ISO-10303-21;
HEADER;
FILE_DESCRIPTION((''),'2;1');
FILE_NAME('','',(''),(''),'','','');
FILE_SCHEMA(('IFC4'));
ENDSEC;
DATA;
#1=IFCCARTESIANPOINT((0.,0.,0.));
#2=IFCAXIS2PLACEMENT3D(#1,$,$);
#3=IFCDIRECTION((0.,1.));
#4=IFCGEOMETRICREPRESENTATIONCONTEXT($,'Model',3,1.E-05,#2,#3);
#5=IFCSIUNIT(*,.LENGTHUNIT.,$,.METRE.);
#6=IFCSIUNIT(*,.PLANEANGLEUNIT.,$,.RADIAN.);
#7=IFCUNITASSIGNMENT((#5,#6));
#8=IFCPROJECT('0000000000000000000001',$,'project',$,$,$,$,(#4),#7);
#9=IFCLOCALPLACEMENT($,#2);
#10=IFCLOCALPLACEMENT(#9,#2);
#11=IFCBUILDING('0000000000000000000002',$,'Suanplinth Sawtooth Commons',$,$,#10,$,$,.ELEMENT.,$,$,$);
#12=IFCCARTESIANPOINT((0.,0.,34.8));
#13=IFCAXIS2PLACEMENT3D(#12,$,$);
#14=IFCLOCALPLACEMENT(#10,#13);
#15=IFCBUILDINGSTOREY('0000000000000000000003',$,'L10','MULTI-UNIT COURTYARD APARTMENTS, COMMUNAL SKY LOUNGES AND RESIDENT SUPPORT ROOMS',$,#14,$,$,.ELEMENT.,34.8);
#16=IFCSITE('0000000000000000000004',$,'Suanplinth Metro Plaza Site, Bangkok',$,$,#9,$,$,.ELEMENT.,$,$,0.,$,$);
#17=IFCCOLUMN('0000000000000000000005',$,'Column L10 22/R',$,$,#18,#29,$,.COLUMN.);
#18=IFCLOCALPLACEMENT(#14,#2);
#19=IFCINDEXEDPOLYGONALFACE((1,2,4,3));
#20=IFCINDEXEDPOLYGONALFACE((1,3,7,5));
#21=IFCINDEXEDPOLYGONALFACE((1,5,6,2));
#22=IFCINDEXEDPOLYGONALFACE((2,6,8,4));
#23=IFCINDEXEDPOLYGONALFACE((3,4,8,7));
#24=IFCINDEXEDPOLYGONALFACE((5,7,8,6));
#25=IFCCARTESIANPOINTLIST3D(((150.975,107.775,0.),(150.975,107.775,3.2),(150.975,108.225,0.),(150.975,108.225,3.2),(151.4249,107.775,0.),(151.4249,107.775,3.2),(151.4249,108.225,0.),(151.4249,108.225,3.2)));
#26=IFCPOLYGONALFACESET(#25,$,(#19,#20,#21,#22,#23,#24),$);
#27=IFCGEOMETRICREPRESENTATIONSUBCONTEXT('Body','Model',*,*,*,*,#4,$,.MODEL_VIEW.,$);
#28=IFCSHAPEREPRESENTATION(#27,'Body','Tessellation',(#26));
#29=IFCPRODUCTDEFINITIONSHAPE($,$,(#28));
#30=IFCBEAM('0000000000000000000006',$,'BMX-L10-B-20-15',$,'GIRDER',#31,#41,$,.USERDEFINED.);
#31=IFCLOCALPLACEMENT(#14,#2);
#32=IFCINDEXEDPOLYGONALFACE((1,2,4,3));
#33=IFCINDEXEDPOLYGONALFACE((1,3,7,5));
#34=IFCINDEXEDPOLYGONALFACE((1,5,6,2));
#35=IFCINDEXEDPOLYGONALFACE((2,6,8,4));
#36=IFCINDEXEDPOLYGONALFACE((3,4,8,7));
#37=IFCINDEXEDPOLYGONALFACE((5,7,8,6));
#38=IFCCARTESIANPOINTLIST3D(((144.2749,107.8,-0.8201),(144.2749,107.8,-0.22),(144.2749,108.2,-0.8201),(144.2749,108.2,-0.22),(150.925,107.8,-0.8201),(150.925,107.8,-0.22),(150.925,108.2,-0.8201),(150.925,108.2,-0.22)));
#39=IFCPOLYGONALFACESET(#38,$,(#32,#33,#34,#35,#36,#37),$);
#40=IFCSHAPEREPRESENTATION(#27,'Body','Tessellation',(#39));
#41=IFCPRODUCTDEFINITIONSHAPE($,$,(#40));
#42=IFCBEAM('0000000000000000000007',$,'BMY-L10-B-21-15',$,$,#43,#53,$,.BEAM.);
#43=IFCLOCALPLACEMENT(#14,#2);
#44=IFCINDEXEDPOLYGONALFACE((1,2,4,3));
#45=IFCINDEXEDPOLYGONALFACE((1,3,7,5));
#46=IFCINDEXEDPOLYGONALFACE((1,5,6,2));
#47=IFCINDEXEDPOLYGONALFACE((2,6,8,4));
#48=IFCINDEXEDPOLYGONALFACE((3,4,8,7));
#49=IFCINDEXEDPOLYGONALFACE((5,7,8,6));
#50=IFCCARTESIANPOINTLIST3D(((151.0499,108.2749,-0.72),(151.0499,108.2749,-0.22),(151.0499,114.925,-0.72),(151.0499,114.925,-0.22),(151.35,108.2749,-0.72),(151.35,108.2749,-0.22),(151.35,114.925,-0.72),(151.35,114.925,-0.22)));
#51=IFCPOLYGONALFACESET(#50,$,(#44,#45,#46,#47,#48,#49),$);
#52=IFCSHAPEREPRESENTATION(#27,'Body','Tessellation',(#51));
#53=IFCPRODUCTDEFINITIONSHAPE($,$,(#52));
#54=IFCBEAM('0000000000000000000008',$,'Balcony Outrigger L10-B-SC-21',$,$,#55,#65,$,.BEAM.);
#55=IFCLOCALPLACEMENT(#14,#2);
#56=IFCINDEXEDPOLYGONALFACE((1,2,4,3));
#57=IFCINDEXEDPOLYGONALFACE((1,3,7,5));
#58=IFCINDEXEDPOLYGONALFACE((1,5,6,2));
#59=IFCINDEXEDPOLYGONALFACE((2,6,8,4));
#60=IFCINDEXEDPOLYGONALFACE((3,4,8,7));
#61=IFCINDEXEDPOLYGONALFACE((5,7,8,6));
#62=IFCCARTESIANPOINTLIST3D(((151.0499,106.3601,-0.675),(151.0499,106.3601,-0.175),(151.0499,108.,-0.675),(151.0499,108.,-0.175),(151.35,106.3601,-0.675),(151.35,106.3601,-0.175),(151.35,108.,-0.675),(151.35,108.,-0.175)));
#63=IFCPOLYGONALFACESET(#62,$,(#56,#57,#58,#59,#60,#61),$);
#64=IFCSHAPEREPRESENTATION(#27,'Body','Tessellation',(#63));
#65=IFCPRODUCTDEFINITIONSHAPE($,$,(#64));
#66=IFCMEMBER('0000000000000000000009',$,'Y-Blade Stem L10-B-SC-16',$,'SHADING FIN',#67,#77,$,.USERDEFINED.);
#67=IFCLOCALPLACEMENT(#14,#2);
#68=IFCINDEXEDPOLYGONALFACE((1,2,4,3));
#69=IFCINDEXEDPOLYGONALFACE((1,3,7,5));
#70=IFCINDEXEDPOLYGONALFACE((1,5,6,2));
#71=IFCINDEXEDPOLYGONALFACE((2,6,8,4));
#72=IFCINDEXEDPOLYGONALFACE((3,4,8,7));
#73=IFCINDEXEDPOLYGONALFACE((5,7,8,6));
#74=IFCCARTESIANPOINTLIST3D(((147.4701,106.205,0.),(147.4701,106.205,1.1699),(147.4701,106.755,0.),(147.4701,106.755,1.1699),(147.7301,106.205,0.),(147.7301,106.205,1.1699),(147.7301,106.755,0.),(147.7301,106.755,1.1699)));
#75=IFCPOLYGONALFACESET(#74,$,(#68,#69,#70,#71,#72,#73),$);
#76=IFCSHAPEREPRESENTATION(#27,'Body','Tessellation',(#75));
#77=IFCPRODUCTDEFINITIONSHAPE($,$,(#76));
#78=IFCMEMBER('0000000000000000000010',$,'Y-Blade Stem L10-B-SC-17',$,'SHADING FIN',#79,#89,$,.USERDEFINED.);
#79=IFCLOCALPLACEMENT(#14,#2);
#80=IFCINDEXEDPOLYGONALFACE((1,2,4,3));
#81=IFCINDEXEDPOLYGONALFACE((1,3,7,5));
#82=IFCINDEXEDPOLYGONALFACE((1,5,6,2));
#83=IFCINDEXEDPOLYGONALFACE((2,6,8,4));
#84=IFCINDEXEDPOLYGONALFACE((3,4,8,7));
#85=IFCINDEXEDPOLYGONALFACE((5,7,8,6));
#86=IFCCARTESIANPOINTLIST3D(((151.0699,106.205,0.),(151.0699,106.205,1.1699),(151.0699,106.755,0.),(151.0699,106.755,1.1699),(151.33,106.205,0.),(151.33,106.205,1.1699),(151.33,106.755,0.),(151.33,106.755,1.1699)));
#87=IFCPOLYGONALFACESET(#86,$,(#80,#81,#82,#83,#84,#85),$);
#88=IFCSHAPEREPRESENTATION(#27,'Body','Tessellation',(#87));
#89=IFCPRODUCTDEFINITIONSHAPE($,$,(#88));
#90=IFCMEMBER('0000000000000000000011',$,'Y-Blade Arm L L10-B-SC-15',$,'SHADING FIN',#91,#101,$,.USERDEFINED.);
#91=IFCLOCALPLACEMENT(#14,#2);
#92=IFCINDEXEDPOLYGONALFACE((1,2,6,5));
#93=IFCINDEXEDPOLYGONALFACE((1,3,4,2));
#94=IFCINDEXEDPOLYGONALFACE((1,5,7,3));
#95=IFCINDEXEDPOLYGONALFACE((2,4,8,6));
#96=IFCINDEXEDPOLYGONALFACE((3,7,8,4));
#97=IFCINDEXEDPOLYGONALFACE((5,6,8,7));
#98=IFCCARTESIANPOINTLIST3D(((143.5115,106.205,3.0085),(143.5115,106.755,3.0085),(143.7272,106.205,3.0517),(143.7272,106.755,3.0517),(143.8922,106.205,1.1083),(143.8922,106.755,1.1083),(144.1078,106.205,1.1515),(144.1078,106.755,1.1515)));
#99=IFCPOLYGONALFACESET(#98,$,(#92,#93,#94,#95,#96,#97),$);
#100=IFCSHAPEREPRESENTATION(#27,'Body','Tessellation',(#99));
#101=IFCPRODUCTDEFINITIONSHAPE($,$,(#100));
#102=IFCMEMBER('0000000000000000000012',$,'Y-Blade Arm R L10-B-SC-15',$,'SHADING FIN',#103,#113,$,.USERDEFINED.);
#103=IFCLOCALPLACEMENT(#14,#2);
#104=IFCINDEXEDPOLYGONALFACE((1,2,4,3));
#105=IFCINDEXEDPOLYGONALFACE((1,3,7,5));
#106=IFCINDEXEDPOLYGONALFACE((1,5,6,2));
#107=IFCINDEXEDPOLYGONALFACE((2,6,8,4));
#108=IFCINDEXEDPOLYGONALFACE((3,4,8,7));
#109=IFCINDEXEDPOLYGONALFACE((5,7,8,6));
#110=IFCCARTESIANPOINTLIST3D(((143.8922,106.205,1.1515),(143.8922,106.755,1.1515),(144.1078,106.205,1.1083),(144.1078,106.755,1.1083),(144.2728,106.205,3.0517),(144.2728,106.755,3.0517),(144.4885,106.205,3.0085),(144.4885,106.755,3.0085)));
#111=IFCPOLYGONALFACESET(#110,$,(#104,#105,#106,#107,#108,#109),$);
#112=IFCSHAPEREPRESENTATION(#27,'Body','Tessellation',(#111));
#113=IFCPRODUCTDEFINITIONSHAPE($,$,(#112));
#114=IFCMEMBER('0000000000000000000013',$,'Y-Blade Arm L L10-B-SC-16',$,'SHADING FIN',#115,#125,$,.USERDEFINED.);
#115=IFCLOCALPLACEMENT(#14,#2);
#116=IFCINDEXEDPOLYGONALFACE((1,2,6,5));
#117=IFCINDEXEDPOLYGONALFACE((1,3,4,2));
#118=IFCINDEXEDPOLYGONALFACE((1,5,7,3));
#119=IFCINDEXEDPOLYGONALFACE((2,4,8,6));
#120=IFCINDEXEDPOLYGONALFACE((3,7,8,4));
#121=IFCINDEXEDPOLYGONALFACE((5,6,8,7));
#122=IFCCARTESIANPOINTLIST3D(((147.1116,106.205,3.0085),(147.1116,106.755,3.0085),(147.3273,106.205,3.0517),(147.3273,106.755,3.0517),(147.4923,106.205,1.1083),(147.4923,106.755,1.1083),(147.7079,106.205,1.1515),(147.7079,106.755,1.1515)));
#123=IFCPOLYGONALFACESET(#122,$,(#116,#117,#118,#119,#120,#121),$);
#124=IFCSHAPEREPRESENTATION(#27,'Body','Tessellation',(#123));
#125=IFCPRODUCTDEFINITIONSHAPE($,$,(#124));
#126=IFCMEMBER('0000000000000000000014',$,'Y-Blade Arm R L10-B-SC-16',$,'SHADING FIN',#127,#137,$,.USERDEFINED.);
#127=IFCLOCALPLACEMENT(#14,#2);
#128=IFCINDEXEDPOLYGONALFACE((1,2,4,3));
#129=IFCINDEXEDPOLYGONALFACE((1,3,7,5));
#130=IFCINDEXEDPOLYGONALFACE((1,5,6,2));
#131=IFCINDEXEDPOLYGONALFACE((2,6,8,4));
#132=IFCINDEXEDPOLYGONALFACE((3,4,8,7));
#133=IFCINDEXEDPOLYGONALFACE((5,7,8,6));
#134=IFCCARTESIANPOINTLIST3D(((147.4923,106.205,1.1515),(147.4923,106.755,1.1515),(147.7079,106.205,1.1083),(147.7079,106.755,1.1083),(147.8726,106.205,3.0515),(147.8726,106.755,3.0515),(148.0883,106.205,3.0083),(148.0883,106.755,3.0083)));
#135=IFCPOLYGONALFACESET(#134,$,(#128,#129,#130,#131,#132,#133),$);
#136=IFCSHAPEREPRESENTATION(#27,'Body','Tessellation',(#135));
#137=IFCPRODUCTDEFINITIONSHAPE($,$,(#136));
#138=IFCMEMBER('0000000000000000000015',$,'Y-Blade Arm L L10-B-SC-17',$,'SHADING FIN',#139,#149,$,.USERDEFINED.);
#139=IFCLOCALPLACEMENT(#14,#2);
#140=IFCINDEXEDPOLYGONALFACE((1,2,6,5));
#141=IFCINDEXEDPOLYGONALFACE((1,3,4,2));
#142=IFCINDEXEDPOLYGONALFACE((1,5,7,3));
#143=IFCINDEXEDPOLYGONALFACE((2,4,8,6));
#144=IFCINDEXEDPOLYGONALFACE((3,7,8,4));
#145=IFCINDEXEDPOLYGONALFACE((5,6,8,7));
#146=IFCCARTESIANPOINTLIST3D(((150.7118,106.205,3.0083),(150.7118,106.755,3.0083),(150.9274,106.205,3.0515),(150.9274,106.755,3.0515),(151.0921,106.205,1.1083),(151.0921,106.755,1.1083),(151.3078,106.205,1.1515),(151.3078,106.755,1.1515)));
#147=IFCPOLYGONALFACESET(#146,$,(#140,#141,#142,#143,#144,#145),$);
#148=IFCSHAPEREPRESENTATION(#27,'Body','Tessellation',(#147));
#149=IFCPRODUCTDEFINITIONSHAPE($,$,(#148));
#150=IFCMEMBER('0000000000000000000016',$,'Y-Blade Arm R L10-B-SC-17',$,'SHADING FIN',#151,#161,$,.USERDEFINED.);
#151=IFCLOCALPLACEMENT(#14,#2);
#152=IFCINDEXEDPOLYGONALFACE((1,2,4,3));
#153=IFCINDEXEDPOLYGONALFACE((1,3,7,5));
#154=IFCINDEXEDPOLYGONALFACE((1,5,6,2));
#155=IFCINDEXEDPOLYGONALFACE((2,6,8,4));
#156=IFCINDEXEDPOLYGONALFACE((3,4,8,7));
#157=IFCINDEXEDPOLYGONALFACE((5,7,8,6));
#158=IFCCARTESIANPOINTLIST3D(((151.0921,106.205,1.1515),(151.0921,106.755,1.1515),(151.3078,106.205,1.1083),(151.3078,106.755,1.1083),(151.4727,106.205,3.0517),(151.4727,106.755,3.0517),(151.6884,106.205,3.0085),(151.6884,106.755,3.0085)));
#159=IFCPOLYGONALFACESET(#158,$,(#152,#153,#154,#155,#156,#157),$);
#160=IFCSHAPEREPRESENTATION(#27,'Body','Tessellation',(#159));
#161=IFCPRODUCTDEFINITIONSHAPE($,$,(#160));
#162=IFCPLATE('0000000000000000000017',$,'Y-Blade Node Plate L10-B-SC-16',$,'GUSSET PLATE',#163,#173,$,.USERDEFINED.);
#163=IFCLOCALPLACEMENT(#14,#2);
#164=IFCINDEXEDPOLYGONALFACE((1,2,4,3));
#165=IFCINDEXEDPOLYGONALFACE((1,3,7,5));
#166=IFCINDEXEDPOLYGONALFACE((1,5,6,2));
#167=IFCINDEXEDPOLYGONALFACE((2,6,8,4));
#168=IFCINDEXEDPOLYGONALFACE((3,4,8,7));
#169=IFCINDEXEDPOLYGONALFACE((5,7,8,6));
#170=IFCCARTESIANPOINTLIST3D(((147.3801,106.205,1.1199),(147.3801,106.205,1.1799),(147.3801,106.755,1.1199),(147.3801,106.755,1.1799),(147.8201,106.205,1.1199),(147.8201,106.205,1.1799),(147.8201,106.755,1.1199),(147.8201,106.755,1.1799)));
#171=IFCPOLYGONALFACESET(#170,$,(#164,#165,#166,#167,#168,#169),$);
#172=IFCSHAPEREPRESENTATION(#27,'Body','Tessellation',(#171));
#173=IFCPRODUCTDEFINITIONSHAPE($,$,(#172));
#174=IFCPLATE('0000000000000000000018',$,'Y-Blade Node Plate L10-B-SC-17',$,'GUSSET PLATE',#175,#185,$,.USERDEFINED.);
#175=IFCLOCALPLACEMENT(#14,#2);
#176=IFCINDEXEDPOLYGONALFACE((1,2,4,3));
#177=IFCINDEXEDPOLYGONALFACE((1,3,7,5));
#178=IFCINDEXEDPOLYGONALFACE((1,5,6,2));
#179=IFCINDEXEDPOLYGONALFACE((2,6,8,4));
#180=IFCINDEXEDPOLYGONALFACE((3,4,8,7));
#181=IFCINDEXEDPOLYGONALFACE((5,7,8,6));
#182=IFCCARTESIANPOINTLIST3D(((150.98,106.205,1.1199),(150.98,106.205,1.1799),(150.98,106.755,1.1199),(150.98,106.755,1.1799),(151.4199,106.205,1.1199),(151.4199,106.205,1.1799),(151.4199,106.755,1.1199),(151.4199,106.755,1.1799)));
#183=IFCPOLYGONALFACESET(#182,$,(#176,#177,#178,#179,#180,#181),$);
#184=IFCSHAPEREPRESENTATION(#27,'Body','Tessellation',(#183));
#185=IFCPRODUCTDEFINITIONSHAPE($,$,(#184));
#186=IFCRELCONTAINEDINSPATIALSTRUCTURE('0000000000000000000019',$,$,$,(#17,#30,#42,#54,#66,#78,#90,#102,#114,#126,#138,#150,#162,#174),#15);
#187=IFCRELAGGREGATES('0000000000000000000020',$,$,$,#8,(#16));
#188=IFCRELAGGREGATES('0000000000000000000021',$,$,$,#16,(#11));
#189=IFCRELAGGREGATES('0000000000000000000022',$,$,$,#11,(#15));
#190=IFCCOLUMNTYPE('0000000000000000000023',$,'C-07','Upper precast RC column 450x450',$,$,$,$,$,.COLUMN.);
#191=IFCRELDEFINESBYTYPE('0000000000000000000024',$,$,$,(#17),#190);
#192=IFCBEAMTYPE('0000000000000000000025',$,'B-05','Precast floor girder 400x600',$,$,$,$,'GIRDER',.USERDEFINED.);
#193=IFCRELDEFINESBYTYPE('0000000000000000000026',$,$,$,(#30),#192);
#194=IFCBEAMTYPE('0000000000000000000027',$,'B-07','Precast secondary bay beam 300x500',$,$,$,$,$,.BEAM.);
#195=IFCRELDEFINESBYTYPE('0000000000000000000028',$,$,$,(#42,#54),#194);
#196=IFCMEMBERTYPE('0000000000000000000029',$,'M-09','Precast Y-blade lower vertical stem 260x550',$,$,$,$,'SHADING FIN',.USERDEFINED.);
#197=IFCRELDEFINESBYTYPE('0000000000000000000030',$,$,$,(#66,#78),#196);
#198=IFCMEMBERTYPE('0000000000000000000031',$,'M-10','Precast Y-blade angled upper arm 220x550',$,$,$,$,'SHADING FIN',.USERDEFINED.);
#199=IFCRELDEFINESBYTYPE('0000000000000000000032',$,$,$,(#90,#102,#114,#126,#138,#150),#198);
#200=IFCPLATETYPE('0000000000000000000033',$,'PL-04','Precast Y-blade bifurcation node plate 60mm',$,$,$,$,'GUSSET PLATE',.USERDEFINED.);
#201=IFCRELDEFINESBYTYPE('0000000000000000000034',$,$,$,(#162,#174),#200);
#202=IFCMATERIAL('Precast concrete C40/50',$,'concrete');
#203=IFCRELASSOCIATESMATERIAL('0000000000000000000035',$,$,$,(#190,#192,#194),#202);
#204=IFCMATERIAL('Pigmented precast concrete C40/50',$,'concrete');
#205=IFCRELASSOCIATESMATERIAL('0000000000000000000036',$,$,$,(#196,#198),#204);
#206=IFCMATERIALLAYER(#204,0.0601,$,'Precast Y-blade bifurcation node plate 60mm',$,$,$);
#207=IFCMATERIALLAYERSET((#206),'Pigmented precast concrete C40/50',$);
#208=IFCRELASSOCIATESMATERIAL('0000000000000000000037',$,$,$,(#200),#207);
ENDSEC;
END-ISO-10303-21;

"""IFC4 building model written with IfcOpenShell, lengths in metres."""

from ifc_helpers import new_model, si_unit, direction, frame, origin, origin_2d, place, context, subcontext, project, spatial, rectangle, extrude, material, layer, layer_set, material_profile, profile_set, type_object, element, save


model = new_model("IFC4")

# Units and contexts
model_context = context("Model", 3, precision=1e-05, world=origin(), true_north=direction((0.0, 1.0)))
body_context = subcontext(model_context, "Body", "Model", "MODEL_VIEW")
ifc_project = project(units=[si_unit("LENGTHUNIT", "METRE"), si_unit("PLANEANGLEUNIT", "RADIAN")], contexts=[model_context])

# Site, building, storey
site_placement = place(None, origin())
site = spatial("IfcSite", under=ifc_project, at=site_placement, Name="Suanplinth Metro Plaza Site, Bangkok", CompositionType="ELEMENT", RefElevation=0.0)
building_placement = place(site_placement, origin())
building = spatial("IfcBuilding", under=site, at=building_placement, Name="Suanplinth Sawtooth Commons", CompositionType="ELEMENT")
storey_placement = place(building_placement, frame((0.0, 0.0, 34.8)))
storey = spatial("IfcBuildingStorey", under=building, at=storey_placement, Name="L10", Description="MULTI-UNIT COURTYARD APARTMENTS, COMMUNAL SKY LOUNGES AND RESIDENT SUPPORT ROOMS", CompositionType="ELEMENT", Elevation=34.8)

# Column
ifc_material_1 = material(Name="Precast concrete C40/50", Category="concrete")
ifc_material_profile_1 = material_profile(ifc_material_1, rectangle(XDim=0.45, YDim=0.45, at=origin_2d()), Name="PC-COL 450x450")
ifc_profile_set_1 = profile_set([ifc_material_profile_1], Name="Precast concrete C40/50")
column_type = type_object("IfcColumnType", Name="C-07", Description="Upper precast RC column 450x450", PredefinedType="COLUMN", material=ifc_profile_set_1)
column_placement = place(storey_placement, frame((151.2, 108.0, 0.0), z_axis=(0.0, 0.0, 1.0), x_axis=(1.0, 0.0, 0.0)))
element("IfcColumn", 1, at=column_placement, inside=storey, type_object=column_type, Name="Column L10 22/R", PredefinedType="COLUMN", context=body_context, shape_type="SweptSolid", body=[
    extrude(rectangle(XDim=0.45, YDim=0.45, at=origin_2d()), origin(), (0.0, 0.0, 1.0), 3.2),
])

# Beams
ifc_material_profile_2 = material_profile(ifc_material_1, rectangle(XDim=0.3999, YDim=0.6001, at=origin_2d()), Name="PC-GDR 400x600")
ifc_profile_set_2 = profile_set([ifc_material_profile_2], Name="Precast concrete C40/50")
beam_type_1 = type_object("IfcBeamType", Name="B-05", Description="Precast floor girder 400x600", ElementType="GIRDER", PredefinedType="USERDEFINED", material=ifc_profile_set_2)
beam_1_placement = place(storey_placement, frame((144.2749, 108.0, -0.52), z_axis=(1.0, 0.0, 0.0), x_axis=(0.0, 1.0, 0.0)))
element("IfcBeam", 2, at=beam_1_placement, inside=storey, type_object=beam_type_1, Name="BMX-L10-B-20-15", ObjectType="GIRDER", PredefinedType="USERDEFINED", context=body_context, shape_type="SweptSolid", body=[
    extrude(rectangle(XDim=0.3999, YDim=0.6001, at=origin_2d()), origin(), (0.0, 0.0, 1.0), 6.6501),
])
ifc_material_profile_3 = material_profile(ifc_material_1, rectangle(XDim=0.3, YDim=0.5, at=origin_2d()), Name="PC-BM 300x500")
ifc_profile_set_3 = profile_set([ifc_material_profile_3], Name="Precast concrete C40/50")
beam_type_2 = type_object("IfcBeamType", Name="B-07", Description="Precast secondary bay beam 300x500", PredefinedType="BEAM", material=ifc_profile_set_3)
beam_2_placement = place(storey_placement, frame((151.2, 108.2749, -0.47), z_axis=(0.0, 1.0, 0.0), x_axis=(-1.0, 0.0, 0.0)))
element("IfcBeam", 3, at=beam_2_placement, inside=storey, type_object=beam_type_2, Name="BMY-L10-B-21-15", PredefinedType="BEAM", context=body_context, shape_type="SweptSolid", body=[
    extrude(rectangle(XDim=0.3, YDim=0.5, at=origin_2d()), origin(), (0.0, 0.0, 1.0), 6.6501),
])
beam_3_placement = place(storey_placement, frame((151.2, 108.0, -0.425), z_axis=(0.0, -1.0, 0.0), x_axis=(1.0, 0.0, 0.0)))
element("IfcBeam", 4, at=beam_3_placement, inside=storey, type_object=beam_type_2, Name="Balcony Outrigger L10-B-SC-21", PredefinedType="BEAM", context=body_context, shape_type="SweptSolid", body=[
    extrude(rectangle(XDim=0.3, YDim=0.5, at=origin_2d()), origin(), (0.0, 0.0, 1.0), 1.6399),
])

# Members
ifc_material_2 = material(Name="Pigmented precast concrete C40/50", Category="concrete")
ifc_material_profile_4 = material_profile(ifc_material_2, rectangle(XDim=0.26, YDim=0.55, at=origin_2d()), Name="PC-FIN 260x550")
ifc_profile_set_4 = profile_set([ifc_material_profile_4], Name="Pigmented precast concrete C40/50")
member_type_1 = type_object("IfcMemberType", Name="M-09", Description="Precast Y-blade lower vertical stem 260x550", ElementType="SHADING FIN", PredefinedType="USERDEFINED", material=ifc_profile_set_4)
for number, where, z_axis, x_axis, name in (
    (5, (147.6001, 106.48, 0.0), (0.0, 0.0, 1.0), (1.0, 0.0, 0.0), "Y-Blade Stem L10-B-SC-16"),
    (6, (151.2, 106.48, 0.0), (0.0, 0.0, 1.0), (1.0, 0.0, 0.0), "Y-Blade Stem L10-B-SC-17"),
):
    element("IfcMember", number, at=place(storey_placement, frame(where, z_axis=z_axis, x_axis=x_axis)), inside=storey, type_object=member_type_1, Name=name, ObjectType="SHADING FIN", PredefinedType="USERDEFINED", context=body_context, shape_type="SweptSolid", body=[
        extrude(rectangle(XDim=0.26, YDim=0.55, at=origin_2d()), origin(), (0.0, 0.0, 1.0), 1.1699),
    ])
ifc_material_profile_5 = material_profile(ifc_material_2, rectangle(XDim=0.22, YDim=0.55, at=origin_2d()), Name="PC-FIN 220x550")
ifc_profile_set_5 = profile_set([ifc_material_profile_5], Name="Pigmented precast concrete C40/50")
member_type_2 = type_object("IfcMemberType", Name="M-10", Description="Precast Y-blade angled upper arm 220x550", ElementType="SHADING FIN", PredefinedType="USERDEFINED", material=ifc_profile_set_5)
for number, where, z_axis, x_axis, name in (
    (7, (144.0, 106.48, 1.1299), (-0.196407, 0.0, 0.980522), (0.980522, 0.0, 0.196407), "Y-Blade Arm L L10-B-SC-15"),
    (8, (144.0, 106.48, 1.1299), (0.196407, 0.0, 0.980522), (-0.980522, 0.0, 0.196407), "Y-Blade Arm R L10-B-SC-15"),
    (9, (147.6001, 106.48, 1.1299), (-0.196407, 0.0, 0.980522), (0.980522, 0.0, 0.196407), "Y-Blade Arm L L10-B-SC-16"),
):
    element("IfcMember", number, at=place(storey_placement, frame(where, z_axis=z_axis, x_axis=x_axis)), inside=storey, type_object=member_type_2, Name=name, ObjectType="SHADING FIN", PredefinedType="USERDEFINED", context=body_context, shape_type="SweptSolid", body=[
        extrude(rectangle(XDim=0.22, YDim=0.55, at=origin_2d()), origin(), (0.0, 0.0, 1.0), 1.938),
    ])
for number, where, z_axis, x_axis, name in (
    (10, (147.6001, 106.48, 1.1299), (0.196286, 0.0, 0.980547), (-0.980547, 0.0, 0.196286), "Y-Blade Arm R L10-B-SC-16"),
    (11, (151.2, 106.48, 1.1299), (-0.196286, 0.0, 0.980547), (0.980547, 0.0, 0.196286), "Y-Blade Arm L L10-B-SC-17"),
):
    element("IfcMember", number, at=place(storey_placement, frame(where, z_axis=z_axis, x_axis=x_axis)), inside=storey, type_object=member_type_2, Name=name, ObjectType="SHADING FIN", PredefinedType="USERDEFINED", context=body_context, shape_type="SweptSolid", body=[
        extrude(rectangle(XDim=0.22, YDim=0.55, at=origin_2d()), origin(), (0.0, 0.0, 1.0), 1.9377),
    ])
member_placement = place(storey_placement, frame((151.2, 106.48, 1.1299), z_axis=(0.196407, 0.0, 0.980522), x_axis=(-0.980522, 0.0, 0.196407)))
element("IfcMember", 12, at=member_placement, inside=storey, type_object=member_type_2, Name="Y-Blade Arm R L10-B-SC-17", ObjectType="SHADING FIN", PredefinedType="USERDEFINED", context=body_context, shape_type="SweptSolid", body=[
    extrude(rectangle(XDim=0.22, YDim=0.55, at=origin_2d()), origin(), (0.0, 0.0, 1.0), 1.938),
])

# Plates
ifc_layer_1 = layer(ifc_material_2, 0.0601, Name="Precast Y-blade bifurcation node plate 60mm")
ifc_layer_set_1 = layer_set([ifc_layer_1], Name="Pigmented precast concrete C40/50")
plate_type = type_object("IfcPlateType", Name="PL-04", Description="Precast Y-blade bifurcation node plate 60mm", ElementType="GUSSET PLATE", PredefinedType="USERDEFINED", material=ifc_layer_set_1)
for number, where, z_axis, x_axis, name in (
    (13, (147.6001, 106.48, 1.1199), (0.0, 0.0, 1.0), (1.0, 0.0, 0.0), "Y-Blade Node Plate L10-B-SC-16"),
    (14, (151.2, 106.48, 1.1199), (0.0, 0.0, 1.0), (1.0, 0.0, 0.0), "Y-Blade Node Plate L10-B-SC-17"),
):
    element("IfcPlate", number, at=place(storey_placement, frame(where, z_axis=z_axis, x_axis=x_axis)), inside=storey, type_object=plate_type, Name=name, ObjectType="GUSSET PLATE", PredefinedType="USERDEFINED", context=body_context, shape_type="SweptSolid", body=[
        extrude(rectangle(XDim=0.4399, YDim=0.55, at=origin_2d()), origin(), (0.0, 0.0, 1.0), 0.0601),
    ])

save(model, "model.ifc")
